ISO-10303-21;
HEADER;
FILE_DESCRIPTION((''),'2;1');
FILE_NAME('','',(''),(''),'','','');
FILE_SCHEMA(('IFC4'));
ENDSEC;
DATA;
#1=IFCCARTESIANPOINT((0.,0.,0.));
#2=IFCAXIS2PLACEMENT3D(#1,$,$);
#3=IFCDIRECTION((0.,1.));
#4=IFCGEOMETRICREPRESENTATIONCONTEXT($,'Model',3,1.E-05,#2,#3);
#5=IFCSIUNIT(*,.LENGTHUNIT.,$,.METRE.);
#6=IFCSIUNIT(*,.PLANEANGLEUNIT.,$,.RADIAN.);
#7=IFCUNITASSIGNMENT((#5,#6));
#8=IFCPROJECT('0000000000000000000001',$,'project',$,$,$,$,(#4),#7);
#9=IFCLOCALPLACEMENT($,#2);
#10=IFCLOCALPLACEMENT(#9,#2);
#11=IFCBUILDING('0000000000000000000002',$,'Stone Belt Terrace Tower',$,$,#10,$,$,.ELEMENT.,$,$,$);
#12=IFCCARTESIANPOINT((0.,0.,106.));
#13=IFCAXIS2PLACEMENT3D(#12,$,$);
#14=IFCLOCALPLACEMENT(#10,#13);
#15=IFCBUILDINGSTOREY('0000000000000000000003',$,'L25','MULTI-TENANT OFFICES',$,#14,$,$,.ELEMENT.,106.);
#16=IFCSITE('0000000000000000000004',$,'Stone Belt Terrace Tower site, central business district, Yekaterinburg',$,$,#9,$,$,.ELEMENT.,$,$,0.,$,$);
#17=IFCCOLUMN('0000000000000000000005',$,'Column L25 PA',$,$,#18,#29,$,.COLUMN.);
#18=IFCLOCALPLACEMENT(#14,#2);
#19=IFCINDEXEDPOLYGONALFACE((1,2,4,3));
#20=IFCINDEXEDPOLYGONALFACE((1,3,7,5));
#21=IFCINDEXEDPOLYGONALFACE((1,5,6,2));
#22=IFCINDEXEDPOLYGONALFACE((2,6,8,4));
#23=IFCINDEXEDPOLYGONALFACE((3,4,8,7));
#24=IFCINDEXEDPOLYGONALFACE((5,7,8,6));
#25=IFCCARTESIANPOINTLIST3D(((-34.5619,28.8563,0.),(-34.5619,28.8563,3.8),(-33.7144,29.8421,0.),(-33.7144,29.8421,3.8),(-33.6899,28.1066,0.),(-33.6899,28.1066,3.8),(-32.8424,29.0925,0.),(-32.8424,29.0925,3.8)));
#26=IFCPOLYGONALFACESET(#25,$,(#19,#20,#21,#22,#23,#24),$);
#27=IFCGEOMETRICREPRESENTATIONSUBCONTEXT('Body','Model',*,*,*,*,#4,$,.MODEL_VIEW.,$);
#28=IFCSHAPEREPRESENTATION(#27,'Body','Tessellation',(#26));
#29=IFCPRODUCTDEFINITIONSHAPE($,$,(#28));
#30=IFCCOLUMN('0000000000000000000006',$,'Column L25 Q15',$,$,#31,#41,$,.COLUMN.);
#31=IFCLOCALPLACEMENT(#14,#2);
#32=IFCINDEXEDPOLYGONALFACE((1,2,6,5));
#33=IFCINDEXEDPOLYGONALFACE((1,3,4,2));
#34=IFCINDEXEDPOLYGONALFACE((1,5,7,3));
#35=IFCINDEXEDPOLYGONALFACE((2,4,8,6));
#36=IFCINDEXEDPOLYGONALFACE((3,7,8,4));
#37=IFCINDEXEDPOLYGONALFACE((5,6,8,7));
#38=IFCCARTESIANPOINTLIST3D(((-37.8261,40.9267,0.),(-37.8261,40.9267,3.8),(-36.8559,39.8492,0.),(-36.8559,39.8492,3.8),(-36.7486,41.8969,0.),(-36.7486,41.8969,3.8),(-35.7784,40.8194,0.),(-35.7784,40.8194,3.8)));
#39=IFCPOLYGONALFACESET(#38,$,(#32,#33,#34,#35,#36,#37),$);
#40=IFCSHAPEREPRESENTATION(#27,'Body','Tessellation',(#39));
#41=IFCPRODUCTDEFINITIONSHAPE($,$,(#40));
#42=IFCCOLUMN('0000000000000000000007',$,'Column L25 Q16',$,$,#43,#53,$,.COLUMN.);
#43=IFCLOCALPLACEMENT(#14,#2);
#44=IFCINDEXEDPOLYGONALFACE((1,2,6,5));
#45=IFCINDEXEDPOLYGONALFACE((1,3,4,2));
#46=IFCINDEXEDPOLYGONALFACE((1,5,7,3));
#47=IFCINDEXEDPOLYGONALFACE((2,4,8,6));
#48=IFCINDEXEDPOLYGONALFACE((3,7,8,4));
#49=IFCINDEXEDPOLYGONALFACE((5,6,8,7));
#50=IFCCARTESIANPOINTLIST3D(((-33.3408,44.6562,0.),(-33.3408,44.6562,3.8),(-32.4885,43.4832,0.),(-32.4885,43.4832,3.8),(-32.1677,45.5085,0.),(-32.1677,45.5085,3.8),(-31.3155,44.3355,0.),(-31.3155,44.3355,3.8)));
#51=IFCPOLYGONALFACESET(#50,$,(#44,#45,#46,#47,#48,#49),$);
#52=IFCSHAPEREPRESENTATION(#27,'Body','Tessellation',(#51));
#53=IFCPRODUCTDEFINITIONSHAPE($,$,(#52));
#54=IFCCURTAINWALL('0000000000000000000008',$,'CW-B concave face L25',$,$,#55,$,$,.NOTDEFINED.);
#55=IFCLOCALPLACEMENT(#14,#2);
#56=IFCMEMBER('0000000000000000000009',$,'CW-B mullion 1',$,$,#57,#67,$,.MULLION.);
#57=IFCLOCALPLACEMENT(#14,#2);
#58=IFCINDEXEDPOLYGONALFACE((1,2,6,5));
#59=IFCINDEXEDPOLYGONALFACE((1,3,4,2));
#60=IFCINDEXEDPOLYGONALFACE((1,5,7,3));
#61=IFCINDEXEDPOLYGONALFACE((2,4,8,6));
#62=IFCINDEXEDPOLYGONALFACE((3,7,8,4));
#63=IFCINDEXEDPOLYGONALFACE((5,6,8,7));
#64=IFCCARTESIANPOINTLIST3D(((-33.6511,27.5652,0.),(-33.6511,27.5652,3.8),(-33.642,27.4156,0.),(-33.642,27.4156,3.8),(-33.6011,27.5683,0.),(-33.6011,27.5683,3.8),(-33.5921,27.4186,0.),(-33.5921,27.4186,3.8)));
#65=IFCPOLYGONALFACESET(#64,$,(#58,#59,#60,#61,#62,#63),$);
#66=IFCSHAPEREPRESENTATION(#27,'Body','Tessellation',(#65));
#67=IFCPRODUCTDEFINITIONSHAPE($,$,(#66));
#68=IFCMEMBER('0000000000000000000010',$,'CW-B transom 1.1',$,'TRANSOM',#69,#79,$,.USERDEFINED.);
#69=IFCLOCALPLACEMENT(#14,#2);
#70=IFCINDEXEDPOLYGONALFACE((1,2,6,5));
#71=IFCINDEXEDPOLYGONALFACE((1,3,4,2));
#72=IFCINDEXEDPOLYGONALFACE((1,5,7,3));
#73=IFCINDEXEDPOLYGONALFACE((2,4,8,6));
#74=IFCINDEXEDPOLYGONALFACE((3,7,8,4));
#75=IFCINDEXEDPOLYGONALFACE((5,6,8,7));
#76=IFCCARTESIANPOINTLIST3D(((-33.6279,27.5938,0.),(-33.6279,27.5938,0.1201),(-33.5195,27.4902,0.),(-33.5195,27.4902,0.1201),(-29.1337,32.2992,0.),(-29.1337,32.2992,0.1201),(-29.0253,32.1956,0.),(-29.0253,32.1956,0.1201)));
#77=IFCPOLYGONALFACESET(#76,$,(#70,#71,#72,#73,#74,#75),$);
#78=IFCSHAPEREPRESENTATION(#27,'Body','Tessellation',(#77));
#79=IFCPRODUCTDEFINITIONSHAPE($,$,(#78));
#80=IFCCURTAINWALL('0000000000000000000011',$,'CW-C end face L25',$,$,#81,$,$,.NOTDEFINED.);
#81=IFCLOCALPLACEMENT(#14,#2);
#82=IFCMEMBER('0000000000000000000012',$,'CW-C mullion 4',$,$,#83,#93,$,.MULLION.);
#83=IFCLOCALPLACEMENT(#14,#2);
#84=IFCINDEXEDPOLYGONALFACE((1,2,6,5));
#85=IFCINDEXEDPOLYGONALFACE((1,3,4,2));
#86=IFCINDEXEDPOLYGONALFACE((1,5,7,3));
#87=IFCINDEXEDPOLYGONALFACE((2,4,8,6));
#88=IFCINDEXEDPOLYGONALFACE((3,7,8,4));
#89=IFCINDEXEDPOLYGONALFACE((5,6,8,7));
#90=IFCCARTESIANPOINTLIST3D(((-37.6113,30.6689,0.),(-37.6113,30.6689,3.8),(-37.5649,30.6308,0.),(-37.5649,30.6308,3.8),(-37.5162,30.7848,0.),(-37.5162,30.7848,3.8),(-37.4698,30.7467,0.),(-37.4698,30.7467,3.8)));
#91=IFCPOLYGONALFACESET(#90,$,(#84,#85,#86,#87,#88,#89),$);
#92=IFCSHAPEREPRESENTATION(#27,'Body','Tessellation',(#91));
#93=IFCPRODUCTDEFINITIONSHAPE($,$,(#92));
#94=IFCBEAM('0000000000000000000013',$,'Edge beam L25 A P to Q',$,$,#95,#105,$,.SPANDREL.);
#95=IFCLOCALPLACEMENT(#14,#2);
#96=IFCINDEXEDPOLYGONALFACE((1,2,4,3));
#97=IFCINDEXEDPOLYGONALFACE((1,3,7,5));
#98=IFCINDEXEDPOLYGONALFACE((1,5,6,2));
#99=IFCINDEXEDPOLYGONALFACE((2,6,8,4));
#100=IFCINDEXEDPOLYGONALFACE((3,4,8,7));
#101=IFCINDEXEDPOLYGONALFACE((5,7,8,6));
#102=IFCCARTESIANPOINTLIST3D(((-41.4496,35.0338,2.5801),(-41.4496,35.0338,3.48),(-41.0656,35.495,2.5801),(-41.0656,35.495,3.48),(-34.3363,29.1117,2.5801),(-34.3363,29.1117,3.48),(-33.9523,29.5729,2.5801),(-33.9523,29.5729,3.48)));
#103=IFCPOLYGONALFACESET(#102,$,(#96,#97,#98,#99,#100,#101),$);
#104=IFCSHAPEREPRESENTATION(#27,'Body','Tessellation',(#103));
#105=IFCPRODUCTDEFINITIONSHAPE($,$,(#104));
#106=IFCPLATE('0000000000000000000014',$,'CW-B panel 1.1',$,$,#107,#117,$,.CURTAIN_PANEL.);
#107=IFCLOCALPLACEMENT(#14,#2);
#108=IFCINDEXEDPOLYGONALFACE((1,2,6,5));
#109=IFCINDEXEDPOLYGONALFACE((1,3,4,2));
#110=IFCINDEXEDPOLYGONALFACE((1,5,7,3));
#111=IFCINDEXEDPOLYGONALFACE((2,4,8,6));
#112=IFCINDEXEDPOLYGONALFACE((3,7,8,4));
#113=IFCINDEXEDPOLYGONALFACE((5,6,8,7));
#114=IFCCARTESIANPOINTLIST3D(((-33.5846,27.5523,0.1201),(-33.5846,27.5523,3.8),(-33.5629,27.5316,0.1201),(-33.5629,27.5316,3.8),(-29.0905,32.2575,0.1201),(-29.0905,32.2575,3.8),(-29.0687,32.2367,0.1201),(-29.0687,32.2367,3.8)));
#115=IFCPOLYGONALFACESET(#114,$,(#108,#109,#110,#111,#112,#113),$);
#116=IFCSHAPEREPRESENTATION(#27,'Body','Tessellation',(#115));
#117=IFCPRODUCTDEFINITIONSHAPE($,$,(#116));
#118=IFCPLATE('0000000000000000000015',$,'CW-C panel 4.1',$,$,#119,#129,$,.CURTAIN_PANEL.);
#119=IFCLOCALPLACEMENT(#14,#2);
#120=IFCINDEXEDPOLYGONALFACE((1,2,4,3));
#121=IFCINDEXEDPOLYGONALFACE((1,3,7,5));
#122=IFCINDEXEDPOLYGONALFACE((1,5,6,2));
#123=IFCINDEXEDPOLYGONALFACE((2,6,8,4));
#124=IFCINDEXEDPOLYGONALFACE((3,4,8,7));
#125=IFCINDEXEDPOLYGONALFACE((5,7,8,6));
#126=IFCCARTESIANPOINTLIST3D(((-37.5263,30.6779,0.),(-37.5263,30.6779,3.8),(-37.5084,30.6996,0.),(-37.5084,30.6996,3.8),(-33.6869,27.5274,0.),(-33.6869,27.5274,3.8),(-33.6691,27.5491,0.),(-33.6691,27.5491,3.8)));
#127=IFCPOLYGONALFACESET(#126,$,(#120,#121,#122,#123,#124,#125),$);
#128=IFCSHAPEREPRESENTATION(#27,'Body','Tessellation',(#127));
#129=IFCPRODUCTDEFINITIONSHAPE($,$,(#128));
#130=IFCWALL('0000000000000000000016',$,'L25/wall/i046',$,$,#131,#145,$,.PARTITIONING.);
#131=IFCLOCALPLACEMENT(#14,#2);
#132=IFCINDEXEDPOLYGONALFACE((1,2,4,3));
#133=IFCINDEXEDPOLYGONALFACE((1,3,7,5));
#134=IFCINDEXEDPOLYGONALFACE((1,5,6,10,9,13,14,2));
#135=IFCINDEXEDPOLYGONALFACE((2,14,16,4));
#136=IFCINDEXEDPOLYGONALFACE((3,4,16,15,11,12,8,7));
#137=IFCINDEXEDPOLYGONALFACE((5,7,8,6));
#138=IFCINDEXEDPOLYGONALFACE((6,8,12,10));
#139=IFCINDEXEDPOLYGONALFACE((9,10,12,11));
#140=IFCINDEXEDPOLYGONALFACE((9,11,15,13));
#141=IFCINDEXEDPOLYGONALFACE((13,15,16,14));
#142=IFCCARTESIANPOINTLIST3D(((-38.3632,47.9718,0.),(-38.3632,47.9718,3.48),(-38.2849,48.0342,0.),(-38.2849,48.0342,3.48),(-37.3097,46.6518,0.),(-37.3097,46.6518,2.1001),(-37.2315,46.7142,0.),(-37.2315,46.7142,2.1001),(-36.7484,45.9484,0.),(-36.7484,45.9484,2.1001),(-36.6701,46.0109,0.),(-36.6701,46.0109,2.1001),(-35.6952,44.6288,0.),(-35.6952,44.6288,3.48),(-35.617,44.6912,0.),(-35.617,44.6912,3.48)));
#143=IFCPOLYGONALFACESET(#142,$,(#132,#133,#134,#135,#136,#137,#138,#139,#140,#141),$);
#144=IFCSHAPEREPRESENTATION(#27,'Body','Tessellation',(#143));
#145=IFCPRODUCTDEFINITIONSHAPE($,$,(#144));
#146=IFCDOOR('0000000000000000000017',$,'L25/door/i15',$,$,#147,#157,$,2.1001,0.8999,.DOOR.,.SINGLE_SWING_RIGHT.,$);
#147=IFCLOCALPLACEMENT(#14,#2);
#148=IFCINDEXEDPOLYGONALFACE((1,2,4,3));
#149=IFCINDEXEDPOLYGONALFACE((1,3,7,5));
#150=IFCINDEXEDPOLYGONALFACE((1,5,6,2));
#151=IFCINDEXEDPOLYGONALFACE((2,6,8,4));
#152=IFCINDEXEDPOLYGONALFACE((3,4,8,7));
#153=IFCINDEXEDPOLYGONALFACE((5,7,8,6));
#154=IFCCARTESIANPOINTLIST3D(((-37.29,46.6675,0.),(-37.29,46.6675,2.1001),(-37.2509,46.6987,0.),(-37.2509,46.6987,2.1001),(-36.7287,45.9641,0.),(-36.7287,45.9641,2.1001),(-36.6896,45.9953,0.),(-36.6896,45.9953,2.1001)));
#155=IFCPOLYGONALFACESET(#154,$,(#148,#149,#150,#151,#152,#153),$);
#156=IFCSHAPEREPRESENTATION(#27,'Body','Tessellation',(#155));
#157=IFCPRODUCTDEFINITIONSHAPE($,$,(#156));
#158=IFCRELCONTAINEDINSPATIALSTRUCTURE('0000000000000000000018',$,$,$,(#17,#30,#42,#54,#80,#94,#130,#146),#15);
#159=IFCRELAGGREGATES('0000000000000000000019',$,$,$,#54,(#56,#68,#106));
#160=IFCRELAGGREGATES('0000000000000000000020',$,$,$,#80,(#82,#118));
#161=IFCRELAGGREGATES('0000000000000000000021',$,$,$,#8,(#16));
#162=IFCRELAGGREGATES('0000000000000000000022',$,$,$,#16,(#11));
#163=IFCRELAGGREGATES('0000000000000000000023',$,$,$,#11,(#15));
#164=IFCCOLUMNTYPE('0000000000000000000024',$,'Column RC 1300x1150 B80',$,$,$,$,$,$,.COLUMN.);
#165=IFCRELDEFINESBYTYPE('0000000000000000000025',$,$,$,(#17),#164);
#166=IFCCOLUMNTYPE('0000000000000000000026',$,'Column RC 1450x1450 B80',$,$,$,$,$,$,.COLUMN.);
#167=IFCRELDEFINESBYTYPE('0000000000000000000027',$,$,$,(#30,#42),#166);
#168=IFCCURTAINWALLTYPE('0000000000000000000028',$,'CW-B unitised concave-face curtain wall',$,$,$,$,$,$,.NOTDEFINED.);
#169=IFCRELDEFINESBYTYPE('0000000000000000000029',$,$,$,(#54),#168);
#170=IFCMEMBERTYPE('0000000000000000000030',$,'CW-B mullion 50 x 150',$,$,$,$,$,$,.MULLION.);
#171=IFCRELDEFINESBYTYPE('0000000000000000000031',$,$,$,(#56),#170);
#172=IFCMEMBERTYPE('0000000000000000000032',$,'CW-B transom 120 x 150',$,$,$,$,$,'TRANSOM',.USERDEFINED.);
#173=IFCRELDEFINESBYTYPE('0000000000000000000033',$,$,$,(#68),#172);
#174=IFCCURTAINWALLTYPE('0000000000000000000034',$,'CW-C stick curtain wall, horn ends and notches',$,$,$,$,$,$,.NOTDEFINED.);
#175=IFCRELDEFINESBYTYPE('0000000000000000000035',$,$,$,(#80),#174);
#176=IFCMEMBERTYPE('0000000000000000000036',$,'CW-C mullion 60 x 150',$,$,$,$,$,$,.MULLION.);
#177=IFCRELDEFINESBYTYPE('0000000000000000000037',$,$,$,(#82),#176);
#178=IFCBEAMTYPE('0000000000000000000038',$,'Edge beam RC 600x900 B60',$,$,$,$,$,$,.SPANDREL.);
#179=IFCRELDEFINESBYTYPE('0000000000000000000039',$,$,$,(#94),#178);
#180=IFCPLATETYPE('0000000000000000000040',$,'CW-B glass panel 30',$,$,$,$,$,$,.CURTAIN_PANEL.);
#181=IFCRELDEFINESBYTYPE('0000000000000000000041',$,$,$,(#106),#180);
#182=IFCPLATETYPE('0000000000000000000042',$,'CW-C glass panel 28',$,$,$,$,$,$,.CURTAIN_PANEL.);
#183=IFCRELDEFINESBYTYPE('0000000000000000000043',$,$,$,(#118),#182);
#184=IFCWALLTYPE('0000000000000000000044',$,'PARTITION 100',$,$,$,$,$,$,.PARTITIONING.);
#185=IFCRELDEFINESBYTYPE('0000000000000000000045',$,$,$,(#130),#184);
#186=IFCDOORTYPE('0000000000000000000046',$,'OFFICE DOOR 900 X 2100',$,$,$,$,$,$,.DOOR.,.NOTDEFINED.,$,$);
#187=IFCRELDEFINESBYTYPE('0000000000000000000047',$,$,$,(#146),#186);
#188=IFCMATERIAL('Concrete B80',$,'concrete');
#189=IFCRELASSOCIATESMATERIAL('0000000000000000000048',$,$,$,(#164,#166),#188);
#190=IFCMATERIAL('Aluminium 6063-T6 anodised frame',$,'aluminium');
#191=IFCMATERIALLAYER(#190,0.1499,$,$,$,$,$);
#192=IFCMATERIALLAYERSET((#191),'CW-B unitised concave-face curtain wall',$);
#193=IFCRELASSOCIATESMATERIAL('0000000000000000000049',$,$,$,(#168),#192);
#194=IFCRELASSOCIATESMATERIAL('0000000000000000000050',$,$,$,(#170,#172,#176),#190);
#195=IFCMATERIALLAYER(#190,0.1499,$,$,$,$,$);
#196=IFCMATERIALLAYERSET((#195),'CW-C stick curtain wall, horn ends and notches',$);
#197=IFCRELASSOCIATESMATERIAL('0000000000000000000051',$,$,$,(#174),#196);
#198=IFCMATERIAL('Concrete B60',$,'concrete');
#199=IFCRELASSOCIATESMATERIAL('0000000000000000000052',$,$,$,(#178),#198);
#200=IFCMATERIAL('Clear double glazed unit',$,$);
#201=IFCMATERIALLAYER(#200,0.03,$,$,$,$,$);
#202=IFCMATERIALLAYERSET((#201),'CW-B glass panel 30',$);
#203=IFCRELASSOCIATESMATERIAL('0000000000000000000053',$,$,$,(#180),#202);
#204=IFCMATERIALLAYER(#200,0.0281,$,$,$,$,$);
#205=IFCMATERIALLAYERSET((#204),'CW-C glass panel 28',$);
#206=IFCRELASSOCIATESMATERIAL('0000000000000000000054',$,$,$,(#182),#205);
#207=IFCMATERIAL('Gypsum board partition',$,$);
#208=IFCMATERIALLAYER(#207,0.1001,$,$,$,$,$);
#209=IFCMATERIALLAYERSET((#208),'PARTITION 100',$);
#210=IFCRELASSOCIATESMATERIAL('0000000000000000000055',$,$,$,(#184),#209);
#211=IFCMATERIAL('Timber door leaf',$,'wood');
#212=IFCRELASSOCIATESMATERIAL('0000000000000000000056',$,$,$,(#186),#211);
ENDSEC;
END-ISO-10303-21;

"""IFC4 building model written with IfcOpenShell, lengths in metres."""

from ifc_helpers import new_model, si_unit, direction, frame, frame_2d, origin, origin_2d, place, context, subcontext, project, spatial, rectangle, extrude, material, layer, layer_set, material_profile, profile_set, type_object, element, fill, aggregate, save


model = new_model("IFC4")

# Units and contexts
model_context = context("Model", 3, precision=1e-05, world=origin(), true_north=direction((0.0, 1.0)))
body_context = subcontext(model_context, "Body", "Model", "MODEL_VIEW")
ifc_project = project(units=[si_unit("LENGTHUNIT", "METRE"), si_unit("PLANEANGLEUNIT", "RADIAN")], contexts=[model_context])

# Site, building, storey
site_placement = place(None, origin())
site = spatial("IfcSite", under=ifc_project, at=site_placement, Name="Stone Belt Terrace Tower site, central business district, Yekaterinburg", CompositionType="ELEMENT", RefElevation=0.0)
building_placement = place(site_placement, origin())
building = spatial("IfcBuilding", under=site, at=building_placement, Name="Stone Belt Terrace Tower", CompositionType="ELEMENT")
storey_placement = place(building_placement, frame((0.0, 0.0, 106.0)))
storey = spatial("IfcBuildingStorey", under=building, at=storey_placement, Name="L25", Description="MULTI-TENANT OFFICES", CompositionType="ELEMENT", Elevation=106.0)

# Columns
ifc_material_1 = material(Name="Concrete B80", Category="concrete")
ifc_material_profile_1 = material_profile(ifc_material_1, rectangle(XDim=1.3, YDim=1.1499, at=origin_2d()), Name="RC 1300x1150")
ifc_profile_set_1 = profile_set([ifc_material_profile_1], Name="Concrete B80")
column_type_1 = type_object("IfcColumnType", Name="Column RC 1300x1150 B80", PredefinedType="COLUMN", material=ifc_profile_set_1)
column_placement = place(storey_placement, frame((-33.7021, 28.9744, 0.0), z_axis=(0.0, 0.0, 1.0), x_axis=(0.651917, 0.75829, 0.0)))
element("IfcColumn", 1, at=column_placement, inside=storey, type_object=column_type_1, Name="Column L25 PA", PredefinedType="COLUMN", context=body_context, shape_type="SweptSolid", body=[
    extrude(rectangle(XDim=1.3, YDim=1.1499, at=origin_2d()), origin(), (0.0, 0.0, 1.0), 3.8),
])
ifc_material_profile_2 = material_profile(ifc_material_1, rectangle(XDim=1.45, YDim=1.45, at=origin_2d()), Name="RC 1450x1450")
ifc_profile_set_2 = profile_set([ifc_material_profile_2], Name="Concrete B80")
column_type_2 = type_object("IfcColumnType", Name="Column RC 1450x1450 B80", PredefinedType="COLUMN", material=ifc_profile_set_2)
for number, where, z_axis, x_axis, name in (
    (2, (-36.8022, 40.873, 0.0), (0.0, 0.0, 1.0), (0.743145, 0.669131, 0.0), "Column L25 Q15"),
    (3, (-32.3281, 44.4958, 0.0), (0.0, 0.0, 1.0), (0.809017, 0.587785, 0.0), "Column L25 Q16"),
):
    element("IfcColumn", number, at=place(storey_placement, frame(where, z_axis=z_axis, x_axis=x_axis)), inside=storey, type_object=column_type_2, Name=name, PredefinedType="COLUMN", context=body_context, shape_type="SweptSolid", body=[
        extrude(rectangle(XDim=1.45, YDim=1.45, at=origin_2d()), origin(), (0.0, 0.0, 1.0), 3.8),
    ])

# Curtain wall, members
ifc_material_2 = material(Name="Aluminium 6063-T6 anodised frame", Category="aluminium")
ifc_layer_1 = layer(ifc_material_2, 0.1499)
ifc_layer_set_1 = layer_set([ifc_layer_1], Name="CW-B unitised concave-face curtain wall")
curtain_wall_type_1 = type_object("IfcCurtainWallType", Name="CW-B unitised concave-face curtain wall", PredefinedType="NOTDEFINED", material=ifc_layer_set_1)
curtain_wall_1_placement = place(storey_placement, origin())
curtain_wall_1 = element("IfcCurtainWall", 4, at=curtain_wall_1_placement, inside=storey, type_object=curtain_wall_type_1, Name="CW-B concave face L25", PredefinedType="NOTDEFINED")
ifc_material_profile_3 = material_profile(ifc_material_2, rectangle(XDim=0.1499, YDim=0.05, at=origin_2d()), Name="Aluminium 6063-T6 50x150")
ifc_profile_set_3 = profile_set([ifc_material_profile_3], Name="Aluminium 6063-T6 anodised frame")
member_type_1 = type_object("IfcMemberType", Name="CW-B mullion 50 x 150", PredefinedType="MULLION", material=ifc_profile_set_3)
member_1_placement = place(storey_placement, frame((-33.6216, 27.4919, 0.0), z_axis=(0.0, 0.0, 1.0), x_axis=(-0.060552, 0.998165, 0.0)))
member_1 = element("IfcMember", 5, at=member_1_placement, type_object=member_type_1, Name="CW-B mullion 1", PredefinedType="MULLION", context=body_context, shape_type="SweptSolid", body=[
    extrude(rectangle(XDim=0.1499, YDim=0.05, at=origin_2d()), origin(), (0.0, 0.0, 1.0), 3.8),
])
ifc_material_profile_4 = material_profile(ifc_material_2, rectangle(XDim=0.1499, YDim=0.1201, at=origin_2d()), Name="Aluminium 6063-T6 150x120")
ifc_profile_set_4 = profile_set([ifc_material_profile_4], Name="Aluminium 6063-T6 anodised frame")
member_type_2 = type_object("IfcMemberType", Name="CW-B transom 120 x 150", ElementType="TRANSOM", PredefinedType="USERDEFINED", material=ifc_profile_set_4)
member_2_placement = place(storey_placement, frame((-33.5737, 27.542, 0.0601), z_axis=(0.690693, 0.723149, 0.0), x_axis=(-0.723149, 0.690693, 0.0)))
member_2 = element("IfcMember", 6, at=member_2_placement, type_object=member_type_2, Name="CW-B transom 1.1", ObjectType="TRANSOM", PredefinedType="USERDEFINED", context=body_context, shape_type="SweptSolid", body=[
    extrude(rectangle(XDim=0.1499, YDim=0.1201, at=origin_2d()), origin(), (0.0, 0.0, 1.0), 6.5068),
])

# Curtain wall, member
ifc_layer_2 = layer(ifc_material_2, 0.1499)
ifc_layer_set_2 = layer_set([ifc_layer_2], Name="CW-C stick curtain wall, horn ends and notches")
curtain_wall_type_2 = type_object("IfcCurtainWallType", Name="CW-C stick curtain wall, horn ends and notches", PredefinedType="NOTDEFINED", material=ifc_layer_set_2)
curtain_wall_2_placement = place(storey_placement, origin())
curtain_wall_2 = element("IfcCurtainWall", 7, at=curtain_wall_2_placement, inside=storey, type_object=curtain_wall_type_2, Name="CW-C end face L25", PredefinedType="NOTDEFINED")
ifc_material_profile_5 = material_profile(ifc_material_2, rectangle(XDim=0.1499, YDim=0.0601, at=origin_2d()), Name="Aluminium 6063-T6 60x150")
ifc_profile_set_5 = profile_set([ifc_material_profile_5], Name="Aluminium 6063-T6 anodised frame")
member_type_3 = type_object("IfcMemberType", Name="CW-C mullion 60 x 150", PredefinedType="MULLION", material=ifc_profile_set_5)
member_3_placement = place(storey_placement, frame((-37.5405, 30.7078, 0.0), z_axis=(0.0, 0.0, 1.0), x_axis=(0.634344, 0.773051, 0.0)))
member_3 = element("IfcMember", 8, at=member_3_placement, type_object=member_type_3, Name="CW-C mullion 4", PredefinedType="MULLION", context=body_context, shape_type="SweptSolid", body=[
    extrude(rectangle(XDim=0.1499, YDim=0.0601, at=origin_2d()), origin(), (0.0, 0.0, 1.0), 3.8),
])

# Beam
ifc_material_3 = material(Name="Concrete B60", Category="concrete")
ifc_material_profile_6 = material_profile(ifc_material_3, rectangle(XDim=0.6001, YDim=0.8999, at=origin_2d()), Name="RC 600x900")
ifc_profile_set_6 = profile_set([ifc_material_profile_6], Name="Concrete B60")
beam_type = type_object("IfcBeamType", Name="Edge beam RC 600x900 B60", PredefinedType="SPANDREL", material=ifc_profile_set_6)
beam_placement = place(storey_placement, frame((-34.1443, 29.3423, 3.03), z_axis=(-0.76852, 0.639826, 0.0), x_axis=(-0.639826, -0.76852, 0.0)))
element("IfcBeam", 9, at=beam_placement, inside=storey, type_object=beam_type, Name="Edge beam L25 A P to Q", PredefinedType="SPANDREL", context=body_context, shape_type="SweptSolid", body=[
    extrude(rectangle(XDim=0.6001, YDim=0.8999, at=origin_2d()), origin(), (0.0, 0.0, 1.0), 9.2559),
])

# Plates
ifc_material_4 = material(Name="Clear double glazed unit")
ifc_layer_3 = layer(ifc_material_4, 0.03)
ifc_layer_set_3 = layer_set([ifc_layer_3], Name="CW-B glass panel 30")
plate_type_1 = type_object("IfcPlateType", Name="CW-B glass panel 30", PredefinedType="CURTAIN_PANEL", material=ifc_layer_set_3)
plate_1_placement = place(storey_placement, frame((-31.3267, 29.8945, 0.1201), z_axis=(0.0, 0.0, 1.0), x_axis=(0.690702, 0.72314, 0.0)))
plate_1 = element("IfcPlate", 10, at=plate_1_placement, type_object=plate_type_1, Name="CW-B panel 1.1", PredefinedType="CURTAIN_PANEL", context=body_context, shape_type="SweptSolid", body=[
    extrude(rectangle(XDim=6.5066, YDim=0.03, at=origin_2d()), origin(), (0.0, 0.0, 1.0), 3.6799),
])
aggregate(curtain_wall_1, [member_1, member_2, plate_1])
ifc_layer_4 = layer(ifc_material_4, 0.0281)
ifc_layer_set_4 = layer_set([ifc_layer_4], Name="CW-C glass panel 28")
plate_type_2 = type_object("IfcPlateType", Name="CW-C glass panel 28", PredefinedType="CURTAIN_PANEL", material=ifc_layer_set_4)
plate_2_placement = place(storey_placement, frame((-35.5977, 29.1135, 0.0), z_axis=(0.0, 0.0, 1.0), x_axis=(0.773051, -0.634344, 0.0)))
plate_2 = element("IfcPlate", 11, at=plate_2_placement, type_object=plate_type_2, Name="CW-C panel 4.1", PredefinedType="CURTAIN_PANEL", context=body_context, shape_type="SweptSolid", body=[
    extrude(rectangle(XDim=4.9666, YDim=0.0281, at=origin_2d()), origin(), (0.0, 0.0, 1.0), 3.8),
])
aggregate(curtain_wall_2, [member_3, plate_2])

# Wall, opening, door
ifc_material_5 = material(Name="Gypsum board partition")
ifc_layer_5 = layer(ifc_material_5, 0.1001)
ifc_layer_set_5 = layer_set([ifc_layer_5], Name="PARTITION 100")
wall_type_1 = type_object("IfcWallType", Name="PARTITION 100", PredefinedType="PARTITIONING", material=ifc_layer_set_5)
wall_1_placement = place(storey_placement, frame((-35.656, 44.6599, 0.0), z_axis=(0.0, 0.0, 1.0), x_axis=(-0.623776, 0.781603, 0.0)))
wall_1 = element("IfcWall", 12, at=wall_1_placement, inside=storey, type_object=wall_type_1, Name="L25/wall/i046", PredefinedType="PARTITIONING", context=body_context, shape_type="SweptSolid", body=[
    extrude(rectangle(XDim=4.2771, YDim=0.1001, at=frame_2d((2.1387, 0.0))), origin(), (0.0, 0.0, 1.0), 3.48),
])
opening_1_placement = place(wall_1_placement, frame((1.6885, 0.0, 0.0)))
opening_1 = element("IfcOpeningElement", 13, at=opening_1_placement, cuts=wall_1, PredefinedType="OPENING", context=body_context, shape_type="SweptSolid", body=[
    extrude(rectangle(XDim=0.8999, YDim=2.1001, at=frame_2d((0.45, 1.05))), frame((0.0, 0.0601, 0.0), z_axis=(0.0, -1.0, 0.0), x_axis=(1.0, 0.0, 0.0)), (0.0, 0.0, 1.0), 0.1201),
])
ifc_material_6 = material(Name="Timber door leaf", Category="wood")
door_type_1 = type_object("IfcDoorType", Name="OFFICE DOOR 900 X 2100", OperationType="NOTDEFINED", PredefinedType="DOOR", material=ifc_material_6)
door_1_placement = place(opening_1_placement, origin())
door_1 = element("IfcDoor", 14, at=door_1_placement, inside=storey, type_object=door_type_1, Name="L25/door/i15", OperationType="SINGLE_SWING_RIGHT", OverallHeight=2.1001, OverallWidth=0.8999, PredefinedType="DOOR", context=body_context, shape_type="SweptSolid", body=[
    extrude(rectangle(XDim=0.8999, YDim=2.1001, at=frame_2d((0.45, 1.05))), frame((0.0, 0.0249, 0.0), z_axis=(0.0, -1.0, 0.0), x_axis=(1.0, 0.0, 0.0)), (0.0, 0.0, 1.0), 0.05),
])
fill(opening_1, door_1)

save(model, "model.ifc")
